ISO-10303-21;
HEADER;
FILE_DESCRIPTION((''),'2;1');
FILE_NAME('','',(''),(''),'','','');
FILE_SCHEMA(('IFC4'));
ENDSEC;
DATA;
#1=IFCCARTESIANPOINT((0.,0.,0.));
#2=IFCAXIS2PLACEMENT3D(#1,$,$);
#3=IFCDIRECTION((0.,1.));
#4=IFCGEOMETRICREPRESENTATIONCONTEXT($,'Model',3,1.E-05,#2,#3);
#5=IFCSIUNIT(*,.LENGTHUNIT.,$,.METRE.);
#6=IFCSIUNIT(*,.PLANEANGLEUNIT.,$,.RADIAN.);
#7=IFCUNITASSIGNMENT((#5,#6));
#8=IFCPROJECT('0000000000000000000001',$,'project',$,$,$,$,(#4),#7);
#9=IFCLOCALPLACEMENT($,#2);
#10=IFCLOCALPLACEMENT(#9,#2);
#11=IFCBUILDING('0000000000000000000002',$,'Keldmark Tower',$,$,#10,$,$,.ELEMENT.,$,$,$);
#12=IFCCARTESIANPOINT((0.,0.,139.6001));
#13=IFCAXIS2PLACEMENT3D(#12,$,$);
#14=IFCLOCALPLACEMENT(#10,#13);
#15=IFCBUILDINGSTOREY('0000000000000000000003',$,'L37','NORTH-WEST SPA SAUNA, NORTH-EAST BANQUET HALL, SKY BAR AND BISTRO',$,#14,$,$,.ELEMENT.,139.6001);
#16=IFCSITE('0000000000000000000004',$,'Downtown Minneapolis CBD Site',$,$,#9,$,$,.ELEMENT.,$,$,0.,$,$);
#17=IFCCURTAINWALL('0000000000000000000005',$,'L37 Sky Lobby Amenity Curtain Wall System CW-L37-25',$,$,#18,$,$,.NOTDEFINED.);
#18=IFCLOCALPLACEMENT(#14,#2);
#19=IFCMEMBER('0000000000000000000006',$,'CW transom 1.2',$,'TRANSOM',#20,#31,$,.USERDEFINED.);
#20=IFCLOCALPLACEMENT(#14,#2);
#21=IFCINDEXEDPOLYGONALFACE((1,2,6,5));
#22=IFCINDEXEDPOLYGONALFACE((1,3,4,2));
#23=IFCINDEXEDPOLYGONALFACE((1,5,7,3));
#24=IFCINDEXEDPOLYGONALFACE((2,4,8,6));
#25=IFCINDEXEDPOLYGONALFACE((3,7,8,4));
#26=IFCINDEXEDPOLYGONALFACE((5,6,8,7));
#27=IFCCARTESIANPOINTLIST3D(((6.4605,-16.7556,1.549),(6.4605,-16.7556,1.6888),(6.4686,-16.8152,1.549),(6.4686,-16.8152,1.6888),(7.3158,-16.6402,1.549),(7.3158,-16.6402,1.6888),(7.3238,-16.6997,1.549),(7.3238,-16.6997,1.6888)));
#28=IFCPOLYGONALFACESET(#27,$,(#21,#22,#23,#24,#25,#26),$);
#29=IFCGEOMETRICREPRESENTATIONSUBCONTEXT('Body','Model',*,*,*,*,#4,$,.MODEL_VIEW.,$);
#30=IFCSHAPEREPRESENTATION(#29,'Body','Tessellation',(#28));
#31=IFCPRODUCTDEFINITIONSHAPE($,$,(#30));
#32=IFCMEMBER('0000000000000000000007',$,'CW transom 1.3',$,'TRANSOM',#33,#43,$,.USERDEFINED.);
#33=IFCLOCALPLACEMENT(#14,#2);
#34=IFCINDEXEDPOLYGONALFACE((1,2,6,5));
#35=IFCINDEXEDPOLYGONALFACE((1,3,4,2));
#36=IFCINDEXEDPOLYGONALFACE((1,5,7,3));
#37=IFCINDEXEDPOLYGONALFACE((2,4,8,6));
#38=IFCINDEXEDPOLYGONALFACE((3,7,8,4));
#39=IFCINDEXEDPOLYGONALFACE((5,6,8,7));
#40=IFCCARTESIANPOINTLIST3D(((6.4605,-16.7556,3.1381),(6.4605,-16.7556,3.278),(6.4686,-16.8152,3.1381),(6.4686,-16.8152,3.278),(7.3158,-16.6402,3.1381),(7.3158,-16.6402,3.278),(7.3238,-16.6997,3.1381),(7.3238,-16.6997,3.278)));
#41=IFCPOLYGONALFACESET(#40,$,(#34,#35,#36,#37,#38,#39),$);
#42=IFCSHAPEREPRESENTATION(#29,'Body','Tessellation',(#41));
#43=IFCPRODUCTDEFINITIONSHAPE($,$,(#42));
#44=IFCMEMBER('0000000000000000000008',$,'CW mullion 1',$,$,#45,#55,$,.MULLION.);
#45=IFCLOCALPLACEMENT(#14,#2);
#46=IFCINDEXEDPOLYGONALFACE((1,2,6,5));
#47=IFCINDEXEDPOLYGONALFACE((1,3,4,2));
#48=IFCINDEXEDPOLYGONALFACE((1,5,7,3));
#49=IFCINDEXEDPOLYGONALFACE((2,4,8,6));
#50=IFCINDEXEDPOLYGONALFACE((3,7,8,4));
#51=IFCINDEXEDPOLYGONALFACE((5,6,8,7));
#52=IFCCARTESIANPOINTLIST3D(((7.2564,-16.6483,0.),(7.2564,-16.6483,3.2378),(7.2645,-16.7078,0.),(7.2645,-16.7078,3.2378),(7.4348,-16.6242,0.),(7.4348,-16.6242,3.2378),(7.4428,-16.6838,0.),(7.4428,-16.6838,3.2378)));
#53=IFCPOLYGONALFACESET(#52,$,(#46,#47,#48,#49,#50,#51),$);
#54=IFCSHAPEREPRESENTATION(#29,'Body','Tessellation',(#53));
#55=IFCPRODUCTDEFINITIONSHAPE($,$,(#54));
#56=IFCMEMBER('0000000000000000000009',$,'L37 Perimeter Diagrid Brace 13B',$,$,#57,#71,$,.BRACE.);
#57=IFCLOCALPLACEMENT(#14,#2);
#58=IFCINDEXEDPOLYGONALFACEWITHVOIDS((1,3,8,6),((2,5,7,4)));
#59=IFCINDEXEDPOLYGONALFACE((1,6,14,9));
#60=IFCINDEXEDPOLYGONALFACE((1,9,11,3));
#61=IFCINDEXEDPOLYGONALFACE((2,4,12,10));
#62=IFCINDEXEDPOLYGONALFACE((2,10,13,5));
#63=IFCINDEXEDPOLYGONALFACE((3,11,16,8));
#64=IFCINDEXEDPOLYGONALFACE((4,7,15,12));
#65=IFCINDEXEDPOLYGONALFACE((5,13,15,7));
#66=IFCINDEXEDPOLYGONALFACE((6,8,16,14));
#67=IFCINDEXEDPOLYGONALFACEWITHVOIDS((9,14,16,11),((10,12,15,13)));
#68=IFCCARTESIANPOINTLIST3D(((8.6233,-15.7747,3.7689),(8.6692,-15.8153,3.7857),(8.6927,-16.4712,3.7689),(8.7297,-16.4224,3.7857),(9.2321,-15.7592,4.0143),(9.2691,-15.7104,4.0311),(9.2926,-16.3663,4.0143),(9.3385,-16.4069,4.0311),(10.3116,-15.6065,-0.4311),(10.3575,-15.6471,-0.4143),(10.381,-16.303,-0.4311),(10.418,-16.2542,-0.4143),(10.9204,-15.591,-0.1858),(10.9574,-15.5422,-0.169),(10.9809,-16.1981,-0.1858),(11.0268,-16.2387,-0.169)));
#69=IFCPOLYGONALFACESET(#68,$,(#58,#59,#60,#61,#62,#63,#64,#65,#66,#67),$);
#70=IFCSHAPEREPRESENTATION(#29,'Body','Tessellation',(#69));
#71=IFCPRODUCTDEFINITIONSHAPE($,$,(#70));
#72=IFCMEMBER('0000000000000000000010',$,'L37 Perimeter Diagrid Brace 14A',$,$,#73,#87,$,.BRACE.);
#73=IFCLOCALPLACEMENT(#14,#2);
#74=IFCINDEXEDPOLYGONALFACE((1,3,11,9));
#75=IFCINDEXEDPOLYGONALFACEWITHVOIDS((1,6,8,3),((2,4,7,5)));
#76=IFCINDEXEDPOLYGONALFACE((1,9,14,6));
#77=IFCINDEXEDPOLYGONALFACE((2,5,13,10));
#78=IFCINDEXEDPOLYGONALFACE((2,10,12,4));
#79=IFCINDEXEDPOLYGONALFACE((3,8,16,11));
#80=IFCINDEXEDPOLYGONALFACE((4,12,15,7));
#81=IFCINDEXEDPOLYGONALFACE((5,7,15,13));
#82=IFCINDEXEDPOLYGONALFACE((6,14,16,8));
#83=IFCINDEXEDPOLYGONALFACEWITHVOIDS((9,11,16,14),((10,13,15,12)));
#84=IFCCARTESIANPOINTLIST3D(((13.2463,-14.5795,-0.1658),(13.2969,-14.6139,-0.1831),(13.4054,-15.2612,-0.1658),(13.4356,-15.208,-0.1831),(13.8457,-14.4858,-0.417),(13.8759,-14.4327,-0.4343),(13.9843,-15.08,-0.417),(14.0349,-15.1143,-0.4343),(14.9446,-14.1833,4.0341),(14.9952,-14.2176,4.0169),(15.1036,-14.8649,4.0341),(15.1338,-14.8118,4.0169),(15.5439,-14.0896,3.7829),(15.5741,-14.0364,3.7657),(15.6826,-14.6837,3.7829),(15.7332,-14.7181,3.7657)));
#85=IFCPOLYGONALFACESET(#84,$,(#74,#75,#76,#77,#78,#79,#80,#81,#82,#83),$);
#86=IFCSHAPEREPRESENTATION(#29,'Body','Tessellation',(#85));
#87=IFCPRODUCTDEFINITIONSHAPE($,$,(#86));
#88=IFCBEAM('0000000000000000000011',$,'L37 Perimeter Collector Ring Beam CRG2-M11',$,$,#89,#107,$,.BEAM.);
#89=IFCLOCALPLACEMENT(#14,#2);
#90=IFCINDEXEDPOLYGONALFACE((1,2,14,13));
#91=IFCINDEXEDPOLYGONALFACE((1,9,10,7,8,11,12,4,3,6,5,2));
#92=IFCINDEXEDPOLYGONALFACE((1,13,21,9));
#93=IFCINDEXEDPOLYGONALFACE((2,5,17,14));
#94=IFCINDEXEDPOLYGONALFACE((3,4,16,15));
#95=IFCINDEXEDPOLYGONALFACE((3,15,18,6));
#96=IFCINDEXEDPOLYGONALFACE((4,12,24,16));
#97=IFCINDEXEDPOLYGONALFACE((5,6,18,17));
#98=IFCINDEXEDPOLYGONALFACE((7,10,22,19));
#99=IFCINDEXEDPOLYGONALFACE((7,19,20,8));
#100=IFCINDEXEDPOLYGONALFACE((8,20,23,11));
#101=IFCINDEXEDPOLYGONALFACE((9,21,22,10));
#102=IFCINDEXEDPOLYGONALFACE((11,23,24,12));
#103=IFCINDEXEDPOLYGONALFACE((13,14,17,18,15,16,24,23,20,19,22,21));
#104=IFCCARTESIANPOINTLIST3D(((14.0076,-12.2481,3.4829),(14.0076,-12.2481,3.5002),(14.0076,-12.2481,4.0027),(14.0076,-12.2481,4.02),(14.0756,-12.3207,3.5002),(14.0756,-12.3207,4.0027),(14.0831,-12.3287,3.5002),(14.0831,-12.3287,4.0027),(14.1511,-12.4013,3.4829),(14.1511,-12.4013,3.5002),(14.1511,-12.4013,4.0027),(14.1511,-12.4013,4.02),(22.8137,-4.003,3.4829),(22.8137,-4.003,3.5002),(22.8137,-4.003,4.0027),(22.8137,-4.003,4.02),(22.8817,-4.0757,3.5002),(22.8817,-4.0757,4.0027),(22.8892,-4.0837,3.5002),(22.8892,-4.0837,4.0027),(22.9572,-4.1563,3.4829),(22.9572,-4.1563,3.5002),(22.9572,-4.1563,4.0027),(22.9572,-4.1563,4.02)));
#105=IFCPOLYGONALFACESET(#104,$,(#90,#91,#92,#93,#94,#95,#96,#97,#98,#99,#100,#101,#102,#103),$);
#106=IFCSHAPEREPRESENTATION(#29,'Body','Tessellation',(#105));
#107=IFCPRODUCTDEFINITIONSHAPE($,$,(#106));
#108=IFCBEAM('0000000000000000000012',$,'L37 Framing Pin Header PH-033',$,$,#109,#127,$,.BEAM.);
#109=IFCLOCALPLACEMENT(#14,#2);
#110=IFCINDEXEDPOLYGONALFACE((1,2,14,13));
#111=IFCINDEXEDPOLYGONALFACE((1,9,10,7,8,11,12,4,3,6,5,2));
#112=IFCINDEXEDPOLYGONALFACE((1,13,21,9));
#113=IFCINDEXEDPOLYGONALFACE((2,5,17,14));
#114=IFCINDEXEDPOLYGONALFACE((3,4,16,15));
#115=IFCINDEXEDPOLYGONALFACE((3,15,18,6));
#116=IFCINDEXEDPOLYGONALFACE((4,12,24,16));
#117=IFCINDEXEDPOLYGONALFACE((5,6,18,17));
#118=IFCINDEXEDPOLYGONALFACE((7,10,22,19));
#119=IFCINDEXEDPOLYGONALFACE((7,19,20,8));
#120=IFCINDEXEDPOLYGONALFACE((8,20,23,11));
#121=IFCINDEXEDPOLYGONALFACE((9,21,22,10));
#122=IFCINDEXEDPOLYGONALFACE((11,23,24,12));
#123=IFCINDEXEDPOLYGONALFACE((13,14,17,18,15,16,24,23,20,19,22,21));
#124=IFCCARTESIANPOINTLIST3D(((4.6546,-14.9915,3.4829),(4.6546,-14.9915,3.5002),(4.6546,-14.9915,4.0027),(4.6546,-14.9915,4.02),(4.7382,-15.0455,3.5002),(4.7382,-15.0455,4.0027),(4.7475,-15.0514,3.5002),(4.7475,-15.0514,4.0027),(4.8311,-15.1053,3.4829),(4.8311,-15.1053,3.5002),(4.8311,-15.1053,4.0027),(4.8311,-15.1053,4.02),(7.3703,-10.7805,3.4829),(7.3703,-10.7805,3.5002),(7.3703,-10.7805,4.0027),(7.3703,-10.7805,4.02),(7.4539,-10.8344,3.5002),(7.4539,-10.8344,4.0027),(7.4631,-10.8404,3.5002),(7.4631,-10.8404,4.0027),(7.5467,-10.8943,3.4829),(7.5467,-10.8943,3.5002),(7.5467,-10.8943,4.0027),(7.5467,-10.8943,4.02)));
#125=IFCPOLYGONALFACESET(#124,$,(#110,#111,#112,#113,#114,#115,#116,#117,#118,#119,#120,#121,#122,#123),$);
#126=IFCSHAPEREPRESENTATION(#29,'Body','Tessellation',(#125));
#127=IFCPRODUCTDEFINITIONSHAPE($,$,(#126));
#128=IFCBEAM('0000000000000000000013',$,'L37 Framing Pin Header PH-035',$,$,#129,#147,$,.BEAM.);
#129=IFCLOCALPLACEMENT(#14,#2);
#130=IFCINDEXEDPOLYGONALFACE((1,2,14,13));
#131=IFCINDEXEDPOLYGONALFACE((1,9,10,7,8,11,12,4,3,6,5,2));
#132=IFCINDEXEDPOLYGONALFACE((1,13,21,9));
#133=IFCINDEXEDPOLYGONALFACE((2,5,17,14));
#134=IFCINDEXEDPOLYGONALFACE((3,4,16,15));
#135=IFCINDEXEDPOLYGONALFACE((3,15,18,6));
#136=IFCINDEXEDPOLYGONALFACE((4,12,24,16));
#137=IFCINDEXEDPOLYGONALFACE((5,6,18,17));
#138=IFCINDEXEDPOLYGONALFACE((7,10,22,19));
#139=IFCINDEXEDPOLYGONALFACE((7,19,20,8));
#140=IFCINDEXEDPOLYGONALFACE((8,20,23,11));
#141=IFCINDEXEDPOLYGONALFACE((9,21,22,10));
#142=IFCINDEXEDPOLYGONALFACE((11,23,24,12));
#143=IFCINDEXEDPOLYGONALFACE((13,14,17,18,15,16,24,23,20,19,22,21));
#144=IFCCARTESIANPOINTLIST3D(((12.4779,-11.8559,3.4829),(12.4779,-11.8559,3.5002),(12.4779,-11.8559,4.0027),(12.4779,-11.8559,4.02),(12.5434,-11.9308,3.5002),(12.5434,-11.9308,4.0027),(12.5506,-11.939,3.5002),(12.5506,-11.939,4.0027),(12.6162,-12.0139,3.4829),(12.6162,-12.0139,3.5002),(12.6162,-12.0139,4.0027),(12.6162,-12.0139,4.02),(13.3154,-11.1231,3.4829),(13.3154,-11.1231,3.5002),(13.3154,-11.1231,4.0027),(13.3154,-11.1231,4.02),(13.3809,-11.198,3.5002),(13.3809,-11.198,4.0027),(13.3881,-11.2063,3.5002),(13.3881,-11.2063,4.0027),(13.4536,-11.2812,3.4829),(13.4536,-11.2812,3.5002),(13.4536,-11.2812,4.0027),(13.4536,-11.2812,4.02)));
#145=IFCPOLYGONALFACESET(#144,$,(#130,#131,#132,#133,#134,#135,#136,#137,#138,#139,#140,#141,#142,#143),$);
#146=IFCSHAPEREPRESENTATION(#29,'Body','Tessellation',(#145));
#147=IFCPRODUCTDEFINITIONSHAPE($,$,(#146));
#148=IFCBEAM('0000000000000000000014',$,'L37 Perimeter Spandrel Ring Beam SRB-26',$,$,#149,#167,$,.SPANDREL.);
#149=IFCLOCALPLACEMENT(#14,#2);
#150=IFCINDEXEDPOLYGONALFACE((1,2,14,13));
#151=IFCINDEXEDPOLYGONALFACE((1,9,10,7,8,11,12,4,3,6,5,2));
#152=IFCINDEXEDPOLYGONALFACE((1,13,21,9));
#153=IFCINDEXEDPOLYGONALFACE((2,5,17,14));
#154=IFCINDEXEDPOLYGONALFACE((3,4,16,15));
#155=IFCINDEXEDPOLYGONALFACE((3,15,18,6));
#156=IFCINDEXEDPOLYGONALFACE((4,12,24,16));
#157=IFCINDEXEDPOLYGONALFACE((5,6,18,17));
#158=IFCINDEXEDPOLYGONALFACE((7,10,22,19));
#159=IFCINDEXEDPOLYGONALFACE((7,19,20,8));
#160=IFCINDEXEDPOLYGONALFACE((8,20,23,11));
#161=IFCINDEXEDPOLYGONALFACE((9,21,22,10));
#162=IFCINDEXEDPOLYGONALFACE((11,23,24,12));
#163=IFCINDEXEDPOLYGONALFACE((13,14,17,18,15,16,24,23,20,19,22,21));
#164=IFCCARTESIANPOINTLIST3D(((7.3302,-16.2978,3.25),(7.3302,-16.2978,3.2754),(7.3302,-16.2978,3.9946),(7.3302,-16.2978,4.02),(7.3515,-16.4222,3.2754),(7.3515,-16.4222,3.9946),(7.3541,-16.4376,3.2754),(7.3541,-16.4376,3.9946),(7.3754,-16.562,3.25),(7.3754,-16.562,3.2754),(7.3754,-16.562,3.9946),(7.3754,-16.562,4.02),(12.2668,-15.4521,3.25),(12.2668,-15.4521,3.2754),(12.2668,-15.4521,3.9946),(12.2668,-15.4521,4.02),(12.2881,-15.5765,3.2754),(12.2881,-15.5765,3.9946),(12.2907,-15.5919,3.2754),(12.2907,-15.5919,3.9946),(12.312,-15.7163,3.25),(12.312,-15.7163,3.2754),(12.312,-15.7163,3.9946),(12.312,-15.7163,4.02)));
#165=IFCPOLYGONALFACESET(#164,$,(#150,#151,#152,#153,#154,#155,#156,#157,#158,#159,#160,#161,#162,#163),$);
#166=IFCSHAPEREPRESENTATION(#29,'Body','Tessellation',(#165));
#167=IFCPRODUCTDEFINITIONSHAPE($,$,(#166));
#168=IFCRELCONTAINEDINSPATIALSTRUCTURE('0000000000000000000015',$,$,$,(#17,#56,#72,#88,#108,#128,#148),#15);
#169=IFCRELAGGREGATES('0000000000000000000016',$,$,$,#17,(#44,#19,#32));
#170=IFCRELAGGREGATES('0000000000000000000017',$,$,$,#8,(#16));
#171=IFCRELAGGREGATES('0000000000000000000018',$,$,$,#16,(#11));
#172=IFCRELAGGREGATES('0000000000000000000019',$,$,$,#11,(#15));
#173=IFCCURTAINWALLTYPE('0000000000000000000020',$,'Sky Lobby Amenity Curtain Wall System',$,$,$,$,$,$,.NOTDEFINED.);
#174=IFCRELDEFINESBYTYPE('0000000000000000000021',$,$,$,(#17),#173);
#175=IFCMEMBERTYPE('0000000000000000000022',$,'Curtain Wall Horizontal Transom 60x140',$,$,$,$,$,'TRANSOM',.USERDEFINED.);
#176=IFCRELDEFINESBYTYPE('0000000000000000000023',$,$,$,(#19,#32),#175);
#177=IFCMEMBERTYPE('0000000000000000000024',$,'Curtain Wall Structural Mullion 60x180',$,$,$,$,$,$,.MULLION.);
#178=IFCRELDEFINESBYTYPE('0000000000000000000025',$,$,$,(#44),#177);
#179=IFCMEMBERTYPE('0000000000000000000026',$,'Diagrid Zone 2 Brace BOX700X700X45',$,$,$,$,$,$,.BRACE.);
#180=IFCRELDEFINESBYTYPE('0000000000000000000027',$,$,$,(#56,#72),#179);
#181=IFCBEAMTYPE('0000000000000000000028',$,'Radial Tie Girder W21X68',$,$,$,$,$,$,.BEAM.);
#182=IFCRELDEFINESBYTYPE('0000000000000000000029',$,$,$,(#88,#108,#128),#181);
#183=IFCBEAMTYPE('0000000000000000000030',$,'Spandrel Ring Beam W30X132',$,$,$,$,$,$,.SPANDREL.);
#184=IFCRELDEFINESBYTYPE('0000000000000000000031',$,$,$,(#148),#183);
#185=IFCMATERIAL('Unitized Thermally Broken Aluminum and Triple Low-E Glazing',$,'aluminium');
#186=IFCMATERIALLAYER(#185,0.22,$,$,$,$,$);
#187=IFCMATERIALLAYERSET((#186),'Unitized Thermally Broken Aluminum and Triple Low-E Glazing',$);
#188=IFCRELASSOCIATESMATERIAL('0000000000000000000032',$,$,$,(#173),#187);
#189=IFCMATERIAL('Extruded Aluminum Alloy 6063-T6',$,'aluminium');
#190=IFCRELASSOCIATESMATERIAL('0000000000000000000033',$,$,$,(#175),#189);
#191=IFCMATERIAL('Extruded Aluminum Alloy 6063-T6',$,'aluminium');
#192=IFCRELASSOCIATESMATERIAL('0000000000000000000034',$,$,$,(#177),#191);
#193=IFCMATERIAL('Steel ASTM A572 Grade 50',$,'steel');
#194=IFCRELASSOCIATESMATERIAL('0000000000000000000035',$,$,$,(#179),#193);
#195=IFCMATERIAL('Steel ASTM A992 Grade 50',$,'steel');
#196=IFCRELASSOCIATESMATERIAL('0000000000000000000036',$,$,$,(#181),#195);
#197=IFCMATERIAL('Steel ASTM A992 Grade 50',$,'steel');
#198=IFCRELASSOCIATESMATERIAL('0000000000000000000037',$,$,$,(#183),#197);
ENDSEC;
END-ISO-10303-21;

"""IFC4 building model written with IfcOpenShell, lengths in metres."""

from ifc_helpers import new_model, si_unit, direction, frame, origin, origin_2d, place, context, subcontext, project, spatial, rectangle, hollow_rectangle, i_section, extrude, material, layer, layer_set, material_profile, profile_set, type_object, element, aggregate, save


model = new_model("IFC4")

# Units and contexts
model_context = context("Model", 3, precision=1e-05, world=origin(), true_north=direction((0.0, 1.0)))
body_context = subcontext(model_context, "Body", "Model", "MODEL_VIEW")
ifc_project = project(units=[si_unit("LENGTHUNIT", "METRE"), si_unit("PLANEANGLEUNIT", "RADIAN")], contexts=[model_context])

# Site, building, storey
site_placement = place(None, origin())
site = spatial("IfcSite", under=ifc_project, at=site_placement, Name="Downtown Minneapolis CBD Site", CompositionType="ELEMENT", RefElevation=0.0)
building_placement = place(site_placement, origin())
building = spatial("IfcBuilding", under=site, at=building_placement, Name="Keldmark Tower", CompositionType="ELEMENT")
storey_placement = place(building_placement, frame((0.0, 0.0, 139.6001)))
storey = spatial("IfcBuildingStorey", under=building, at=storey_placement, Name="L37", Description="NORTH-WEST SPA SAUNA, NORTH-EAST BANQUET HALL, SKY BAR AND BISTRO", CompositionType="ELEMENT", Elevation=139.6001)

# Curtain wall, members
ifc_material_1 = material(Name="Unitized Thermally Broken Aluminum and Triple Low-E Glazing", Category="aluminium")
ifc_layer_1 = layer(ifc_material_1, 0.22)
ifc_layer_set_1 = layer_set([ifc_layer_1], Name="Unitized Thermally Broken Aluminum and Triple Low-E Glazing")
curtain_wall_type = type_object("IfcCurtainWallType", Name="Sky Lobby Amenity Curtain Wall System", PredefinedType="NOTDEFINED", material=ifc_layer_set_1)
curtain_wall_placement = place(storey_placement, origin())
curtain_wall = element("IfcCurtainWall", 1, at=curtain_wall_placement, inside=storey, type_object=curtain_wall_type, Name="L37 Sky Lobby Amenity Curtain Wall System CW-L37-25", PredefinedType="NOTDEFINED")
ifc_material_2 = material(Name="Extruded Aluminum Alloy 6063-T6", Category="aluminium")
ifc_material_profile_1 = material_profile(ifc_material_2, rectangle(XDim=0.0601, YDim=0.1399, at=origin_2d()), Name="CWT60X140")
ifc_profile_set_1 = profile_set([ifc_material_profile_1], Name="Extruded Aluminum Alloy 6063-T6")
member_type_1 = type_object("IfcMemberType", Name="Curtain Wall Horizontal Transom 60x140", ElementType="TRANSOM", PredefinedType="USERDEFINED", material=ifc_profile_set_1)
member_1_placement = place(storey_placement, frame((7.3198, -16.6699, 1.6189), z_axis=(-0.991007, -0.133813, 0.0), x_axis=(0.133813, -0.991007, 0.0)))
member_1 = element("IfcMember", 2, at=member_1_placement, type_object=member_type_1, Name="CW transom 1.2", ObjectType="TRANSOM", PredefinedType="USERDEFINED", context=body_context, shape_type="SweptSolid", body=[
    extrude(rectangle(XDim=0.0601, YDim=0.1399, at=origin_2d()), origin(), (0.0, 0.0, 1.0), 0.863),
])
member_2_placement = place(storey_placement, frame((7.3198, -16.6699, 3.208), z_axis=(-0.991007, -0.133813, 0.0), x_axis=(0.133813, -0.991007, 0.0)))
member_2 = element("IfcMember", 3, at=member_2_placement, type_object=member_type_1, Name="CW transom 1.3", ObjectType="TRANSOM", PredefinedType="USERDEFINED", context=body_context, shape_type="SweptSolid", body=[
    extrude(rectangle(XDim=0.0601, YDim=0.1399, at=origin_2d()), origin(), (0.0, 0.0, 1.0), 0.863),
])
ifc_material_3 = material(Name="Extruded Aluminum Alloy 6063-T6", Category="aluminium")
ifc_material_profile_2 = material_profile(ifc_material_3, rectangle(XDim=0.0601, YDim=0.1799, at=origin_2d()), Name="CWM60X180")
ifc_profile_set_2 = profile_set([ifc_material_profile_2], Name="Extruded Aluminum Alloy 6063-T6")
member_type_2 = type_object("IfcMemberType", Name="Curtain Wall Structural Mullion 60x180", PredefinedType="MULLION", material=ifc_profile_set_2)
member_3_placement = place(storey_placement, frame((7.3496, -16.666, 0.0), z_axis=(0.0, 0.0, 1.0), x_axis=(0.133598, -0.991036, 0.0)))
member_3 = element("IfcMember", 4, at=member_3_placement, type_object=member_type_2, Name="CW mullion 1", PredefinedType="MULLION", context=body_context, shape_type="SweptSolid", body=[
    extrude(rectangle(XDim=0.0601, YDim=0.1799, at=origin_2d()), origin(), (0.0, 0.0, 1.0), 3.2378),
])
aggregate(curtain_wall, [member_3, member_1, member_2])

# Members
ifc_material_4 = material(Name="Steel ASTM A572 Grade 50", Category="steel")
ifc_material_profile_3 = material_profile(ifc_material_4, hollow_rectangle(XDim=0.7, YDim=0.7, WallThickness=0.0449, at=origin_2d()), Name="BOX700X700X45")
ifc_profile_set_3 = profile_set([ifc_material_profile_3], Name="Steel ASTM A572 Grade 50")
member_type_3 = type_object("IfcMemberType", Name="Diagrid Zone 2 Brace BOX700X700X45", PredefinedType="BRACE", material=ifc_profile_set_3)
member_4_placement = place(storey_placement, frame((10.6692, -15.9226, -0.3), z_axis=(-0.372704, -0.037136, 0.927207), x_axis=(0.099148, -0.995073, 0.0)))
element("IfcMember", 5, at=member_4_placement, inside=storey, type_object=member_type_3, Name="L37 Perimeter Diagrid Brace 13B", PredefinedType="BRACE", context=body_context, shape_type="SweptSolid", body=[
    extrude(hollow_rectangle(XDim=0.7, YDim=0.7, WallThickness=0.0449, at=origin_2d()), origin(), (0.0, 0.0, 1.0), 4.5298),
])
member_5_placement = place(storey_placement, frame((13.6406, -14.8469, -0.3), z_axis=(0.373437, 0.087132, 0.923554), x_axis=(-0.227221, 0.973843, 0.0)))
element("IfcMember", 6, at=member_5_placement, inside=storey, type_object=member_type_3, Name="L37 Perimeter Diagrid Brace 14A", PredefinedType="BRACE", context=body_context, shape_type="SweptSolid", body=[
    extrude(hollow_rectangle(XDim=0.7, YDim=0.7, WallThickness=0.0449, at=origin_2d()), origin(), (0.0, 0.0, 1.0), 4.5476),
])

# Beams
ifc_material_5 = material(Name="Steel ASTM A992 Grade 50", Category="steel")
ifc_material_profile_4 = material_profile(ifc_material_5, i_section(OverallWidth=0.21, OverallDepth=0.5371, WebThickness=0.011, FlangeThickness=0.0173, at=origin_2d()), Name="W21X68")
ifc_profile_set_4 = profile_set([ifc_material_profile_4], Name="Steel ASTM A992 Grade 50")
beam_type_1 = type_object("IfcBeamType", Name="Radial Tie Girder W21X68", PredefinedType="BEAM", material=ifc_profile_set_4)
beam_1_placement = place(storey_placement, frame((14.0793, -12.3247, 3.7515), z_axis=(0.729978, 0.683471, 0.0), x_axis=(-0.683471, 0.729978, 0.0)))
element("IfcBeam", 7, at=beam_1_placement, inside=storey, type_object=beam_type_1, Name="L37 Perimeter Collector Ring Beam CRG2-M11", PredefinedType="BEAM", context=body_context, shape_type="SweptSolid", body=[
    extrude(i_section(OverallWidth=0.21, OverallDepth=0.5371, WebThickness=0.011, FlangeThickness=0.0173, at=origin_2d()), origin(), (0.0, 0.0, 1.0), 12.0635),
])
beam_2_placement = place(storey_placement, frame((7.4585, -10.8374, 3.7515), z_axis=(-0.541964, -0.840402, 0.0), x_axis=(0.840402, -0.541964, 0.0)))
element("IfcBeam", 8, at=beam_2_placement, inside=storey, type_object=beam_type_1, Name="L37 Framing Pin Header PH-033", PredefinedType="BEAM", context=body_context, shape_type="SweptSolid", body=[
    extrude(i_section(OverallWidth=0.21, OverallDepth=0.5371, WebThickness=0.011, FlangeThickness=0.0173, at=origin_2d()), origin(), (0.0, 0.0, 1.0), 5.0107),
])
beam_3_placement = place(storey_placement, frame((13.3845, -11.2021, 3.7515), z_axis=(-0.752604, -0.658474, 0.0), x_axis=(0.658474, -0.752604, 0.0)))
element("IfcBeam", 9, at=beam_3_placement, inside=storey, type_object=beam_type_1, Name="L37 Framing Pin Header PH-035", PredefinedType="BEAM", context=body_context, shape_type="SweptSolid", body=[
    extrude(i_section(OverallWidth=0.21, OverallDepth=0.5371, WebThickness=0.011, FlangeThickness=0.0173, at=origin_2d()), origin(), (0.0, 0.0, 1.0), 1.1128),
])
ifc_material_6 = material(Name="Steel ASTM A992 Grade 50", Category="steel")
ifc_material_profile_5 = material_profile(ifc_material_6, i_section(OverallWidth=0.2681, OverallDepth=0.77, WebThickness=0.0156, FlangeThickness=0.0254, at=origin_2d()), Name="W30X132")
ifc_profile_set_5 = profile_set([ifc_material_profile_5], Name="Steel ASTM A992 Grade 50")
beam_type_2 = type_object("IfcBeamType", Name="Spandrel Ring Beam W30X132", PredefinedType="SPANDREL", material=ifc_profile_set_5)
beam_4_placement = place(storey_placement, frame((7.3528, -16.4299, 3.635), z_axis=(0.985641, 0.168856, 0.0), x_axis=(-0.168856, 0.985641, 0.0)))
element("IfcBeam", 10, at=beam_4_placement, inside=storey, type_object=beam_type_2, Name="L37 Perimeter Spandrel Ring Beam SRB-26", PredefinedType="SPANDREL", context=body_context, shape_type="SweptSolid", body=[
    extrude(i_section(OverallWidth=0.2681, OverallDepth=0.77, WebThickness=0.0156, FlangeThickness=0.0254, at=origin_2d()), origin(), (0.0, 0.0, 1.0), 5.0085),
])

save(model, "model.ifc")
